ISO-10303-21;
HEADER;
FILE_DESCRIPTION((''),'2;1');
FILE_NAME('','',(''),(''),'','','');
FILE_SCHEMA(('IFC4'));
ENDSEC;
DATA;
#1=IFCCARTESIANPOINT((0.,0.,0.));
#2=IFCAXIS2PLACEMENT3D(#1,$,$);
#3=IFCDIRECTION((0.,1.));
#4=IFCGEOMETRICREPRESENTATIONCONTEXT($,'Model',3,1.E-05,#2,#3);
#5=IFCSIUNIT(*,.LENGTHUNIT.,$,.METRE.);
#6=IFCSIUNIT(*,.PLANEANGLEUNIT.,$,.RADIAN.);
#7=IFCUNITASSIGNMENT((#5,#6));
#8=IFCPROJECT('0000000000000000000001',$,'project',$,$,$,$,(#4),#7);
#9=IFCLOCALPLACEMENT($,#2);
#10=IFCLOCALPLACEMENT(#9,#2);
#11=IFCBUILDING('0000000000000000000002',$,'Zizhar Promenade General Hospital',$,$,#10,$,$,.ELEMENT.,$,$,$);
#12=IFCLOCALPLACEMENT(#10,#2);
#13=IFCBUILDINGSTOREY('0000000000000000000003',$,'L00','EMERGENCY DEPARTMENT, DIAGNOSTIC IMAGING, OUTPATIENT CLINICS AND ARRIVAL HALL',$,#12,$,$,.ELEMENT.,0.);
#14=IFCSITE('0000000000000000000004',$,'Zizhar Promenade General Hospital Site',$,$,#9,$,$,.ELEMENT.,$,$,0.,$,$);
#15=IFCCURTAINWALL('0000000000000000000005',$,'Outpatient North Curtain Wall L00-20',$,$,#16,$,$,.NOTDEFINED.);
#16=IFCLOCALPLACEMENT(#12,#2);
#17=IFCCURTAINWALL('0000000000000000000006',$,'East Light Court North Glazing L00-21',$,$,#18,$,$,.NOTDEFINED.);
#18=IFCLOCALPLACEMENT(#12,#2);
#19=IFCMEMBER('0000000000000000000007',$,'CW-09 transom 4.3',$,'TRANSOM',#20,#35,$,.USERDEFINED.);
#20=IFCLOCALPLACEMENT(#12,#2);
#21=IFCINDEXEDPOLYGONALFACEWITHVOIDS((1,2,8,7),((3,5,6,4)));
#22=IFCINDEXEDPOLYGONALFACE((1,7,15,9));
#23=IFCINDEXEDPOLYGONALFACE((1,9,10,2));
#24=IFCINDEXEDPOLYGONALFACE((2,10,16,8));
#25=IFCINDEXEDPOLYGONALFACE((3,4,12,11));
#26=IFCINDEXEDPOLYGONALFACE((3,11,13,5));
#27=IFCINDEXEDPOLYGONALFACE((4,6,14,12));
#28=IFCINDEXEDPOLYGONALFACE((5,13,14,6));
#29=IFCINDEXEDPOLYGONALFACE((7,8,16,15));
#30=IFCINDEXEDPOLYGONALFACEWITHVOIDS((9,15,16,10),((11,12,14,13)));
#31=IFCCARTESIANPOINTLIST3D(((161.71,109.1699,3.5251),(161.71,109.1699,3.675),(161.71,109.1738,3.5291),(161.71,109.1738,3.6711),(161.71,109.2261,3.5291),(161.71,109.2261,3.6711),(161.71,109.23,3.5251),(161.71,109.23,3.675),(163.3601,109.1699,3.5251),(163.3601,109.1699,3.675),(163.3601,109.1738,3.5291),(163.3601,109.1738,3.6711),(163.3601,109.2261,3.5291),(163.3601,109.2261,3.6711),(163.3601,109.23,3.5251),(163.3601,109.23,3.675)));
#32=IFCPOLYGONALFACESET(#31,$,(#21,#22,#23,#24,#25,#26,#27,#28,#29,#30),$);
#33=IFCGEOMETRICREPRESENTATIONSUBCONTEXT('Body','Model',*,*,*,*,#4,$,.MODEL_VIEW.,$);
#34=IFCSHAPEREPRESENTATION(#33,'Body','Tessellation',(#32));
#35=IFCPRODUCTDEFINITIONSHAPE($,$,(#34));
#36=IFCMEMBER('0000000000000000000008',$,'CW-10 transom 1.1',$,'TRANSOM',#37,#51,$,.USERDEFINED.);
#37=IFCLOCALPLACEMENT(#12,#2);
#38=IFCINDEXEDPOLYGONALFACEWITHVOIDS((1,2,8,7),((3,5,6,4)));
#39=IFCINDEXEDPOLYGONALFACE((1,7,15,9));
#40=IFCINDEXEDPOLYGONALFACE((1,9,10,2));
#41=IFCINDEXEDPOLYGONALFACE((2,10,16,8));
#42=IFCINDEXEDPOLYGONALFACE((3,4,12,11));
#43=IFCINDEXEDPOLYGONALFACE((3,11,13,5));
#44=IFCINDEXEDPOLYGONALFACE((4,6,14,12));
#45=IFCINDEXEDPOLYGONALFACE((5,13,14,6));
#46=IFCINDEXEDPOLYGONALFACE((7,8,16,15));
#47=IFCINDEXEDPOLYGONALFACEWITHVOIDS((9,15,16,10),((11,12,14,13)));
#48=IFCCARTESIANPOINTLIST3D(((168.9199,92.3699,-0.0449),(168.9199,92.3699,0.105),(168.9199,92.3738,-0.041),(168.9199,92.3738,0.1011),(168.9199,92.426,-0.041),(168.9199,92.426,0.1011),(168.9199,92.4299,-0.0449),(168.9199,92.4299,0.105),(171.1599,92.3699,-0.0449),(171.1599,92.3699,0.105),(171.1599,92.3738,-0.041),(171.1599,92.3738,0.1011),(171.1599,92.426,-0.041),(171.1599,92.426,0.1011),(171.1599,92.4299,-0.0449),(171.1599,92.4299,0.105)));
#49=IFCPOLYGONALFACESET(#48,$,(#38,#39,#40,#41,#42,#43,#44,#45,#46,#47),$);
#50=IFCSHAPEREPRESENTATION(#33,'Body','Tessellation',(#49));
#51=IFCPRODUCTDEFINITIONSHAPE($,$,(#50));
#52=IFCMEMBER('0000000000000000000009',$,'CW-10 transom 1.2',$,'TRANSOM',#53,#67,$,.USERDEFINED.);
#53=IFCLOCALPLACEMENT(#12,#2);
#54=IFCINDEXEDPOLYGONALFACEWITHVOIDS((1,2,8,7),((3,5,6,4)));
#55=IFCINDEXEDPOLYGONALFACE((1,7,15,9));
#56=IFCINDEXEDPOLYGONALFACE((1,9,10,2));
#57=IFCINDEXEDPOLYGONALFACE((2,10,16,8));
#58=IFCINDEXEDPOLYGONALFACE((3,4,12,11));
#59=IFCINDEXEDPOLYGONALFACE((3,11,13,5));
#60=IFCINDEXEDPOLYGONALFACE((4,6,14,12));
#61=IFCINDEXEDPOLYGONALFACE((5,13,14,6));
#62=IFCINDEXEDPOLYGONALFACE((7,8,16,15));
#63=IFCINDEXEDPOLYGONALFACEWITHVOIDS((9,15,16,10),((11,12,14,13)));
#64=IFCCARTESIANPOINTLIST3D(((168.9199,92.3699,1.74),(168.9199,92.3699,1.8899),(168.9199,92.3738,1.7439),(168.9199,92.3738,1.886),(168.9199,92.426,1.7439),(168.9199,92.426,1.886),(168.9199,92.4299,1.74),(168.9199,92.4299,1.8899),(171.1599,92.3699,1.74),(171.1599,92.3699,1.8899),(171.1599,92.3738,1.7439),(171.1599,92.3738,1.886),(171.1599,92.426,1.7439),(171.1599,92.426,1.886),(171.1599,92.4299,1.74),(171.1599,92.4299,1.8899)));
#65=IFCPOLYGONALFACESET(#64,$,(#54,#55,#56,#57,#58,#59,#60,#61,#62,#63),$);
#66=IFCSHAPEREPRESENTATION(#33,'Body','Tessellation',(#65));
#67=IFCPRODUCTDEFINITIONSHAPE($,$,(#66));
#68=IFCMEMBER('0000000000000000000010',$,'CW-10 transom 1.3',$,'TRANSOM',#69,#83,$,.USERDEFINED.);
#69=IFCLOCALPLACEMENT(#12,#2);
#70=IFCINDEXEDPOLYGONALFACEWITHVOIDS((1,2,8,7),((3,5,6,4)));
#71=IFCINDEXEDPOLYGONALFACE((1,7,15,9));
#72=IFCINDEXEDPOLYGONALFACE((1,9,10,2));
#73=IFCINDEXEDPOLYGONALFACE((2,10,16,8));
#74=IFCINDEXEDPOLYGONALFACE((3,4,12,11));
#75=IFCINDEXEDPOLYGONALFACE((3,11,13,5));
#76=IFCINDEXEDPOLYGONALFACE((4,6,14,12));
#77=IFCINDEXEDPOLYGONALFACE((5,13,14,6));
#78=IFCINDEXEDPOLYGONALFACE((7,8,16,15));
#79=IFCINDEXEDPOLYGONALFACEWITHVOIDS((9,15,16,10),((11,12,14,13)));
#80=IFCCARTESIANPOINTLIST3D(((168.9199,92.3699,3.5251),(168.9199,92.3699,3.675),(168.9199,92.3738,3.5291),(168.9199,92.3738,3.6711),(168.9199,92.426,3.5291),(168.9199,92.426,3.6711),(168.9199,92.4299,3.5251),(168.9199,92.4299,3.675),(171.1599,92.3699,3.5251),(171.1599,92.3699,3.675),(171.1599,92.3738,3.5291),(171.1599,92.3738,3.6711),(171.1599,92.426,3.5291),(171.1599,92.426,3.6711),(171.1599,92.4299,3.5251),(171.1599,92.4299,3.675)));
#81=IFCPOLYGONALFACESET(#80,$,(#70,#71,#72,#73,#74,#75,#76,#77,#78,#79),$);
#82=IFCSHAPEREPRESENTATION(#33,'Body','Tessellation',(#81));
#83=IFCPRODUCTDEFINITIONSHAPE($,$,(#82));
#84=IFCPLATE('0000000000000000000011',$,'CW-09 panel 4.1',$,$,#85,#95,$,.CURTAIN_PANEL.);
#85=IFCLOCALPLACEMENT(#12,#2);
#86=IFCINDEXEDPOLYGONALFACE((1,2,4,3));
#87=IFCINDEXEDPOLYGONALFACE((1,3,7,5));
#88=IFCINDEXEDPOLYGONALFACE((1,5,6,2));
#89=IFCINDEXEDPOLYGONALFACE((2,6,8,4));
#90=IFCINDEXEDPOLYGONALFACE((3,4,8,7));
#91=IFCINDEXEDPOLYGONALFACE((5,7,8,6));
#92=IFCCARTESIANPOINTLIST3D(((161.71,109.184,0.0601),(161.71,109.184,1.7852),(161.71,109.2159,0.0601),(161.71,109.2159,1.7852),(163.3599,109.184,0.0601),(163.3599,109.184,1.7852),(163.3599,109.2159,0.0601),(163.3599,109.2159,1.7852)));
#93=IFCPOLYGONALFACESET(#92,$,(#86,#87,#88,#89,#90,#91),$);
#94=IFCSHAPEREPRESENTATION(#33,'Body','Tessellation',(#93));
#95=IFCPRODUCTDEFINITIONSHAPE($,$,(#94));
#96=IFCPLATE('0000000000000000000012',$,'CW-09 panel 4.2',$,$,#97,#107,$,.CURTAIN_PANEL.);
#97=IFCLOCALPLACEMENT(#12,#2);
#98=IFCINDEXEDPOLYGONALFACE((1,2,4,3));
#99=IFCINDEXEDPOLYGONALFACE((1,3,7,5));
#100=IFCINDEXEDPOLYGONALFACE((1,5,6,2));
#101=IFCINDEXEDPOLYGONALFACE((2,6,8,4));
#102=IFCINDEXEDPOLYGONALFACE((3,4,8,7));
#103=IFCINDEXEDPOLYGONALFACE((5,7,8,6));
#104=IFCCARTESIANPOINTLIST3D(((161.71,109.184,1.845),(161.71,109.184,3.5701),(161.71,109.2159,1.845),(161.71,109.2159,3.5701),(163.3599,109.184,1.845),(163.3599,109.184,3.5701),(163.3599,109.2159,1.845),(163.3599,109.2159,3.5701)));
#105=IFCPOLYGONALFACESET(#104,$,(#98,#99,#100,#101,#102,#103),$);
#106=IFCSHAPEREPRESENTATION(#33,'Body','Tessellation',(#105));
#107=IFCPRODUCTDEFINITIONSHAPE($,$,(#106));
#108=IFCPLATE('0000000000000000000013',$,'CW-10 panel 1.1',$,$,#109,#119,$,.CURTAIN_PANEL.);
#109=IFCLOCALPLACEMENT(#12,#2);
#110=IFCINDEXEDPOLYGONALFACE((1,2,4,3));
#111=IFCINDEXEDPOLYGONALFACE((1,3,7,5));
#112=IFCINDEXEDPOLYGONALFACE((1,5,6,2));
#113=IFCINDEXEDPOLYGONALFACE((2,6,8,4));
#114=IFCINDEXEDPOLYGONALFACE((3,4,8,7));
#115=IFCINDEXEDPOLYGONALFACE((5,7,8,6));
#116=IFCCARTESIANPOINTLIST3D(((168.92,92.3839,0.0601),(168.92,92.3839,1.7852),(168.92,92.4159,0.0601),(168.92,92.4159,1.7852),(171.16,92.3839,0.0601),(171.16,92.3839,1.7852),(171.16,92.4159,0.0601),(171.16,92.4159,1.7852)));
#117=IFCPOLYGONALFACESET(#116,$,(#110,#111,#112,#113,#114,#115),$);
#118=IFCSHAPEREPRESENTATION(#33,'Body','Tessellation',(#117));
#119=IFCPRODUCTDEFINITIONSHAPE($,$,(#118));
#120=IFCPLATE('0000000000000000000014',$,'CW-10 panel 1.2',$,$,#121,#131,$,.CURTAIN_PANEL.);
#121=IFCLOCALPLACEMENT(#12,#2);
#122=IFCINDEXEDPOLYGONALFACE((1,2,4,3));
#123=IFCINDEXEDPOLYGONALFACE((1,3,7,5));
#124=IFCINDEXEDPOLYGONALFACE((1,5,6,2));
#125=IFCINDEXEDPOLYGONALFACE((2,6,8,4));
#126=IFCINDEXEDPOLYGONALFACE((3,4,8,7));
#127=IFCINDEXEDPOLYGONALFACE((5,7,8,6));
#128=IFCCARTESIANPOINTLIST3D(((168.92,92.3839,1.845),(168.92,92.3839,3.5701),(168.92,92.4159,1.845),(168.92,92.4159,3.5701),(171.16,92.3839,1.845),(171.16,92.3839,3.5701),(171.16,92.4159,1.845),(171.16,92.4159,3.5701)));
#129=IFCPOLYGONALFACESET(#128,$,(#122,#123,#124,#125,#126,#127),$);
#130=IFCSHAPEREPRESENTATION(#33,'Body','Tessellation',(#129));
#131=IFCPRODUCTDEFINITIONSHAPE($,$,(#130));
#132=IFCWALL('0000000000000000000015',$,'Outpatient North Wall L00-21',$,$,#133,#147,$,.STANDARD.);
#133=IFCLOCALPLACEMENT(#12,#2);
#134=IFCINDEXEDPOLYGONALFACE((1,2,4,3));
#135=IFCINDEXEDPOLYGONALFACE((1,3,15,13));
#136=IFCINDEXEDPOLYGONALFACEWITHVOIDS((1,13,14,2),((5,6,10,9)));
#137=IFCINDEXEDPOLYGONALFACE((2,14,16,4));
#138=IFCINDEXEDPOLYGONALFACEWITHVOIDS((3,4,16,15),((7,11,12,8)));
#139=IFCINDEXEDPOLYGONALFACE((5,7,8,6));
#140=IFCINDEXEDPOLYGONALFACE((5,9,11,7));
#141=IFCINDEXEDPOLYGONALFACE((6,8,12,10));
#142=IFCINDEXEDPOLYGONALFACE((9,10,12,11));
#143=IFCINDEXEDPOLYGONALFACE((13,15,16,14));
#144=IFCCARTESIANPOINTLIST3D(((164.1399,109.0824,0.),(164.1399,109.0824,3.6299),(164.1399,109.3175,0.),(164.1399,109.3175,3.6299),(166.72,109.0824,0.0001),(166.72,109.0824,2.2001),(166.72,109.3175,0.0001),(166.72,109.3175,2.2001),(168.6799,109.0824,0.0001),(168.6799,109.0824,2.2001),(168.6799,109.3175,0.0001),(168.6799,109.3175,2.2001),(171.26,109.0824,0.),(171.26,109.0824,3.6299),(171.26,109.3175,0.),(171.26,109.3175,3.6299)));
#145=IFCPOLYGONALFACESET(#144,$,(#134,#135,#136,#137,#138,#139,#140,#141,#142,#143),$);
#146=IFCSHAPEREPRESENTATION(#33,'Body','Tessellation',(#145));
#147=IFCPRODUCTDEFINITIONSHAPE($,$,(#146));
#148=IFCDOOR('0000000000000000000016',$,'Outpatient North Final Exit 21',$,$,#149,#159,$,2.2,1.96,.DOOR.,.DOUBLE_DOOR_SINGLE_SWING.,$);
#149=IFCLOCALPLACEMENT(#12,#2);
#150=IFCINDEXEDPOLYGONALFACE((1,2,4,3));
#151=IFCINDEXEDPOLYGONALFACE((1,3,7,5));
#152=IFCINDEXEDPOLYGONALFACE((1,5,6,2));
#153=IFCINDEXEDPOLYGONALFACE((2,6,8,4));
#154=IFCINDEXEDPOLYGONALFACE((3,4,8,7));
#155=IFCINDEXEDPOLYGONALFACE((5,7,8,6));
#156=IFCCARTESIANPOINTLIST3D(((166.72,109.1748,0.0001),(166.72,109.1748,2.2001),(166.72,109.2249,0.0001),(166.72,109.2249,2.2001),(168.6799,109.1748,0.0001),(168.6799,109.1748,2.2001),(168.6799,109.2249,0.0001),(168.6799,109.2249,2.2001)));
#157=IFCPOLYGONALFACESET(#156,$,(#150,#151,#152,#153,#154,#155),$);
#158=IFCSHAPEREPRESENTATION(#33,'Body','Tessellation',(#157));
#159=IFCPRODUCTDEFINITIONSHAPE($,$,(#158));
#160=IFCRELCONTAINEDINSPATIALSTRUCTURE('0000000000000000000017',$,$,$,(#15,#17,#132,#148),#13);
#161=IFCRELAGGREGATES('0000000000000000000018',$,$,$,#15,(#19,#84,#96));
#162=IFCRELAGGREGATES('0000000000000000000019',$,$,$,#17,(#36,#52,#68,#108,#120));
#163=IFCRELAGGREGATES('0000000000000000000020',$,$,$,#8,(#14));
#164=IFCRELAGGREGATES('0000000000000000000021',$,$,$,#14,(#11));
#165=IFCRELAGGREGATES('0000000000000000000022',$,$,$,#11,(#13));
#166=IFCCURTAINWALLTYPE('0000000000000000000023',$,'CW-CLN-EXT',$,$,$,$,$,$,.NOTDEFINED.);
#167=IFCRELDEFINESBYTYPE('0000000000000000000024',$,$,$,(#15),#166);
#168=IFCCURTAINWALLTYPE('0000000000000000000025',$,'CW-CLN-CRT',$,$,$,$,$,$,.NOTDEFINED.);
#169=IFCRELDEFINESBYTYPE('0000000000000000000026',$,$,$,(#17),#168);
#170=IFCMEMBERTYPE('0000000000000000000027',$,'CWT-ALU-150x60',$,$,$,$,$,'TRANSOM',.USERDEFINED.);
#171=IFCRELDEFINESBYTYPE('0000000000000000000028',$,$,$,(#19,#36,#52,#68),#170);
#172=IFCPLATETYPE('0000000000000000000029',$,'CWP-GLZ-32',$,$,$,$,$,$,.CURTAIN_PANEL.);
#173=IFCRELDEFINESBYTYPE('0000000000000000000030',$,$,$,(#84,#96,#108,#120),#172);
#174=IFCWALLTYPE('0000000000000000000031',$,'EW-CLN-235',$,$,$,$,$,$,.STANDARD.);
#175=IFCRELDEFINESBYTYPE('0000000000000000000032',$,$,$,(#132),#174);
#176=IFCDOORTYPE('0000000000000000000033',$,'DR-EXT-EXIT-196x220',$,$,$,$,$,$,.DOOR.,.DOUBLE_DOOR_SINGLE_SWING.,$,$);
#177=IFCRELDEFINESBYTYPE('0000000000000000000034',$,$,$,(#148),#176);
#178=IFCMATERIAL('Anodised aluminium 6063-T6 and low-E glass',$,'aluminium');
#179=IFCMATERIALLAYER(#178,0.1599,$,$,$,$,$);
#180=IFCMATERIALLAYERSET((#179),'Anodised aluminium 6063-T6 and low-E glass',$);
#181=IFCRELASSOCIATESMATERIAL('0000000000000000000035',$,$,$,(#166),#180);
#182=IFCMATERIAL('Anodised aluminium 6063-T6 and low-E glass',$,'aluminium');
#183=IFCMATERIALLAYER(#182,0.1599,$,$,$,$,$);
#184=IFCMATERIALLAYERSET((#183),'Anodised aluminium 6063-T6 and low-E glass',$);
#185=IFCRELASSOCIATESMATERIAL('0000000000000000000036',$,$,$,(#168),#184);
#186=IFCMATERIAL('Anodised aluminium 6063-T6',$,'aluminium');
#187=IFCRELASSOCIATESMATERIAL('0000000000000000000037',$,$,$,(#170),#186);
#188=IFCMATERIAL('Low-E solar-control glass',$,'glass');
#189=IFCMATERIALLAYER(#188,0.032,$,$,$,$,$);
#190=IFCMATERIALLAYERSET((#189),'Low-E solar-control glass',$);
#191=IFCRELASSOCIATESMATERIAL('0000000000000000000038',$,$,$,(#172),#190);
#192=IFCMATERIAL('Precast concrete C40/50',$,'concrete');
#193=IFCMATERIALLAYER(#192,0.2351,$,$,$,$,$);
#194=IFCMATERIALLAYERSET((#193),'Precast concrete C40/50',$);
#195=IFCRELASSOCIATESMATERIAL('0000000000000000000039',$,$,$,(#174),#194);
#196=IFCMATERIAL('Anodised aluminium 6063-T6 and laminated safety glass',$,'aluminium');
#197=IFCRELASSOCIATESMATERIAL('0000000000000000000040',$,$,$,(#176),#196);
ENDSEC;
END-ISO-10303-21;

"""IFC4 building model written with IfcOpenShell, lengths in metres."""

from ifc_helpers import new_model, si_unit, direction, frame, frame_2d, origin, origin_2d, place, context, subcontext, project, spatial, rectangle, hollow_rectangle, extrude, material, layer, layer_set, material_profile, profile_set, type_object, element, fill, aggregate, save


model = new_model("IFC4")

# Units and contexts
model_context = context("Model", 3, precision=1e-05, world=origin(), true_north=direction((0.0, 1.0)))
body_context = subcontext(model_context, "Body", "Model", "MODEL_VIEW")
ifc_project = project(units=[si_unit("LENGTHUNIT", "METRE"), si_unit("PLANEANGLEUNIT", "RADIAN")], contexts=[model_context])

# Site, building, storey
site_placement = place(None, origin())
site = spatial("IfcSite", under=ifc_project, at=site_placement, Name="Zizhar Promenade General Hospital Site", CompositionType="ELEMENT", RefElevation=0.0)
building_placement = place(site_placement, origin())
building = spatial("IfcBuilding", under=site, at=building_placement, Name="Zizhar Promenade General Hospital", CompositionType="ELEMENT")
storey_placement = place(building_placement, origin())
storey = spatial("IfcBuildingStorey", under=building, at=storey_placement, Name="L00", Description="EMERGENCY DEPARTMENT, DIAGNOSTIC IMAGING, OUTPATIENT CLINICS AND ARRIVAL HALL", CompositionType="ELEMENT", Elevation=0.0)

# Curtain wall
ifc_material_1 = material(Name="Anodised aluminium 6063-T6 and low-E glass", Category="aluminium")
ifc_layer_1 = layer(ifc_material_1, 0.1599)
ifc_layer_set_1 = layer_set([ifc_layer_1], Name="Anodised aluminium 6063-T6 and low-E glass")
curtain_wall_type_1 = type_object("IfcCurtainWallType", Name="CW-CLN-EXT", PredefinedType="NOTDEFINED", material=ifc_layer_set_1)
curtain_wall_1_placement = place(storey_placement, origin())
curtain_wall_1 = element("IfcCurtainWall", 1, at=curtain_wall_1_placement, inside=storey, type_object=curtain_wall_type_1, Name="Outpatient North Curtain Wall L00-20", PredefinedType="NOTDEFINED")

# Curtain wall
ifc_material_2 = material(Name="Anodised aluminium 6063-T6 and low-E glass", Category="aluminium")
ifc_layer_2 = layer(ifc_material_2, 0.1599)
ifc_layer_set_2 = layer_set([ifc_layer_2], Name="Anodised aluminium 6063-T6 and low-E glass")
curtain_wall_type_2 = type_object("IfcCurtainWallType", Name="CW-CLN-CRT", PredefinedType="NOTDEFINED", material=ifc_layer_set_2)
curtain_wall_2_placement = place(storey_placement, origin())
curtain_wall_2 = element("IfcCurtainWall", 2, at=curtain_wall_2_placement, inside=storey, type_object=curtain_wall_type_2, Name="East Light Court North Glazing L00-21", PredefinedType="NOTDEFINED")

# Members
ifc_material_3 = material(Name="Anodised aluminium 6063-T6", Category="aluminium")
ifc_material_profile_1 = material_profile(ifc_material_3, hollow_rectangle(XDim=0.0601, YDim=0.1499, WallThickness=0.0039, at=origin_2d()))
ifc_profile_set_1 = profile_set([ifc_material_profile_1], Name="Anodised aluminium 6063-T6")
member_type_1 = type_object("IfcMemberType", Name="CWT-ALU-150x60", ElementType="TRANSOM", PredefinedType="USERDEFINED", material=ifc_profile_set_1)
member_1_placement = place(storey_placement, frame((161.71, 109.2, 3.6001), z_axis=(1.0, 0.0, 0.0), x_axis=(0.0, 1.0, 0.0)))
member_1 = element("IfcMember", 3, at=member_1_placement, type_object=member_type_1, Name="CW-09 transom 4.3", ObjectType="TRANSOM", PredefinedType="USERDEFINED", context=body_context, shape_type="SweptSolid", body=[
    extrude(hollow_rectangle(XDim=0.0601, YDim=0.1499, WallThickness=0.0039, at=origin_2d()), origin(), (0.0, 0.0, 1.0), 1.6501),
])
member_2_placement = place(storey_placement, frame((171.1599, 92.3999, 0.03), z_axis=(-1.0, 0.0, 0.0), x_axis=(0.0, -1.0, 0.0)))
member_2 = element("IfcMember", 4, at=member_2_placement, type_object=member_type_1, Name="CW-10 transom 1.1", ObjectType="TRANSOM", PredefinedType="USERDEFINED", context=body_context, shape_type="SweptSolid", body=[
    extrude(hollow_rectangle(XDim=0.0601, YDim=0.1499, WallThickness=0.0039, at=origin_2d()), origin(), (0.0, 0.0, 1.0), 2.24),
])
member_3_placement = place(storey_placement, frame((171.1599, 92.3999, 1.8149), z_axis=(-1.0, 0.0, 0.0), x_axis=(0.0, -1.0, 0.0)))
member_3 = element("IfcMember", 5, at=member_3_placement, type_object=member_type_1, Name="CW-10 transom 1.2", ObjectType="TRANSOM", PredefinedType="USERDEFINED", context=body_context, shape_type="SweptSolid", body=[
    extrude(hollow_rectangle(XDim=0.0601, YDim=0.1499, WallThickness=0.0039, at=origin_2d()), origin(), (0.0, 0.0, 1.0), 2.24),
])
member_4_placement = place(storey_placement, frame((171.1599, 92.3999, 3.6001), z_axis=(-1.0, 0.0, 0.0), x_axis=(0.0, -1.0, 0.0)))
member_4 = element("IfcMember", 6, at=member_4_placement, type_object=member_type_1, Name="CW-10 transom 1.3", ObjectType="TRANSOM", PredefinedType="USERDEFINED", context=body_context, shape_type="SweptSolid", body=[
    extrude(hollow_rectangle(XDim=0.0601, YDim=0.1499, WallThickness=0.0039, at=origin_2d()), origin(), (0.0, 0.0, 1.0), 2.24),
])

# Plates
ifc_material_4 = material(Name="Low-E solar-control glass", Category="glass")
ifc_layer_3 = layer(ifc_material_4, 0.032)
ifc_layer_set_3 = layer_set([ifc_layer_3], Name="Low-E solar-control glass")
plate_type = type_object("IfcPlateType", Name="CWP-GLZ-32", PredefinedType="CURTAIN_PANEL", material=ifc_layer_set_3)
plate_1_placement = place(storey_placement, frame((162.5349, 109.2, 0.0601), z_axis=(0.0, 0.0, 1.0), x_axis=(1.0, 0.0, 0.0)))
plate_1 = element("IfcPlate", 7, at=plate_1_placement, type_object=plate_type, Name="CW-09 panel 4.1", PredefinedType="CURTAIN_PANEL", context=body_context, shape_type="SweptSolid", body=[
    extrude(rectangle(XDim=1.6499, YDim=0.032, at=origin_2d()), origin(), (0.0, 0.0, 1.0), 1.7251),
])
plate_2_placement = place(storey_placement, frame((162.5349, 109.2, 1.845), z_axis=(0.0, 0.0, 1.0), x_axis=(1.0, 0.0, 0.0)))
plate_2 = element("IfcPlate", 8, at=plate_2_placement, type_object=plate_type, Name="CW-09 panel 4.2", PredefinedType="CURTAIN_PANEL", context=body_context, shape_type="SweptSolid", body=[
    extrude(rectangle(XDim=1.6499, YDim=0.032, at=origin_2d()), origin(), (0.0, 0.0, 1.0), 1.7251),
])
aggregate(curtain_wall_1, [member_1, plate_1, plate_2])
plate_3_placement = place(storey_placement, frame((170.04, 92.3999, 0.0601), z_axis=(0.0, 0.0, 1.0), x_axis=(-1.0, 0.0, 0.0)))
plate_3 = element("IfcPlate", 9, at=plate_3_placement, type_object=plate_type, Name="CW-10 panel 1.1", PredefinedType="CURTAIN_PANEL", context=body_context, shape_type="SweptSolid", body=[
    extrude(rectangle(XDim=2.24, YDim=0.032, at=origin_2d()), origin(), (0.0, 0.0, 1.0), 1.7251),
])
plate_4_placement = place(storey_placement, frame((170.04, 92.3999, 1.845), z_axis=(0.0, 0.0, 1.0), x_axis=(-1.0, 0.0, 0.0)))
plate_4 = element("IfcPlate", 10, at=plate_4_placement, type_object=plate_type, Name="CW-10 panel 1.2", PredefinedType="CURTAIN_PANEL", context=body_context, shape_type="SweptSolid", body=[
    extrude(rectangle(XDim=2.24, YDim=0.032, at=origin_2d()), origin(), (0.0, 0.0, 1.0), 1.7251),
])
aggregate(curtain_wall_2, [member_2, member_3, member_4, plate_3, plate_4])

# Wall, opening, door
ifc_material_5 = material(Name="Precast concrete C40/50", Category="concrete")
ifc_layer_4 = layer(ifc_material_5, 0.2351)
ifc_layer_set_4 = layer_set([ifc_layer_4], Name="Precast concrete C40/50")
wall_type_1 = type_object("IfcWallType", Name="EW-CLN-235", PredefinedType="STANDARD", material=ifc_layer_set_4)
wall_1_placement = place(storey_placement, frame((164.1399, 109.2, 0.0), z_axis=(0.0, 0.0, 1.0), x_axis=(1.0, 0.0, 0.0)))
wall_1 = element("IfcWall", 11, at=wall_1_placement, inside=storey, type_object=wall_type_1, Name="Outpatient North Wall L00-21", PredefinedType="STANDARD", context=body_context, shape_type="SweptSolid", body=[
    extrude(rectangle(XDim=7.1201, YDim=0.2351, at=frame_2d((3.5601, 0.0))), origin(), (0.0, 0.0, 1.0), 3.6299),
])
opening_1_placement = place(wall_1_placement, frame((2.5801, 0.0, 0.0)))
opening_1 = element("IfcOpeningElement", 12, at=opening_1_placement, cuts=wall_1, PredefinedType="OPENING", context=body_context, shape_type="SweptSolid", body=[
    extrude(rectangle(XDim=1.96, YDim=2.2, at=frame_2d((0.98, 1.1001))), frame((0.0, 0.1274, 0.0), z_axis=(0.0, -1.0, 0.0), x_axis=(1.0, 0.0, 0.0)), (0.0, 0.0, 1.0), 0.2551),
])
ifc_material_6 = material(Name="Anodised aluminium 6063-T6 and laminated safety glass", Category="aluminium")
door_type_1 = type_object("IfcDoorType", Name="DR-EXT-EXIT-196x220", OperationType="DOUBLE_DOOR_SINGLE_SWING", PredefinedType="DOOR", material=ifc_material_6)
door_1_placement = place(opening_1_placement, origin())
door_1 = element("IfcDoor", 13, at=door_1_placement, inside=storey, type_object=door_type_1, Name="Outpatient North Final Exit 21", OperationType="DOUBLE_DOOR_SINGLE_SWING", OverallHeight=2.2, OverallWidth=1.96, PredefinedType="DOOR", context=body_context, shape_type="SweptSolid", body=[
    extrude(rectangle(XDim=1.96, YDim=2.2, at=frame_2d((0.98, 1.1001))), frame((0.0, 0.0249, 0.0), z_axis=(0.0, -1.0, 0.0), x_axis=(1.0, 0.0, 0.0)), (0.0, 0.0, 1.0), 0.05),
])
fill(opening_1, door_1)

save(model, "model.ifc")
